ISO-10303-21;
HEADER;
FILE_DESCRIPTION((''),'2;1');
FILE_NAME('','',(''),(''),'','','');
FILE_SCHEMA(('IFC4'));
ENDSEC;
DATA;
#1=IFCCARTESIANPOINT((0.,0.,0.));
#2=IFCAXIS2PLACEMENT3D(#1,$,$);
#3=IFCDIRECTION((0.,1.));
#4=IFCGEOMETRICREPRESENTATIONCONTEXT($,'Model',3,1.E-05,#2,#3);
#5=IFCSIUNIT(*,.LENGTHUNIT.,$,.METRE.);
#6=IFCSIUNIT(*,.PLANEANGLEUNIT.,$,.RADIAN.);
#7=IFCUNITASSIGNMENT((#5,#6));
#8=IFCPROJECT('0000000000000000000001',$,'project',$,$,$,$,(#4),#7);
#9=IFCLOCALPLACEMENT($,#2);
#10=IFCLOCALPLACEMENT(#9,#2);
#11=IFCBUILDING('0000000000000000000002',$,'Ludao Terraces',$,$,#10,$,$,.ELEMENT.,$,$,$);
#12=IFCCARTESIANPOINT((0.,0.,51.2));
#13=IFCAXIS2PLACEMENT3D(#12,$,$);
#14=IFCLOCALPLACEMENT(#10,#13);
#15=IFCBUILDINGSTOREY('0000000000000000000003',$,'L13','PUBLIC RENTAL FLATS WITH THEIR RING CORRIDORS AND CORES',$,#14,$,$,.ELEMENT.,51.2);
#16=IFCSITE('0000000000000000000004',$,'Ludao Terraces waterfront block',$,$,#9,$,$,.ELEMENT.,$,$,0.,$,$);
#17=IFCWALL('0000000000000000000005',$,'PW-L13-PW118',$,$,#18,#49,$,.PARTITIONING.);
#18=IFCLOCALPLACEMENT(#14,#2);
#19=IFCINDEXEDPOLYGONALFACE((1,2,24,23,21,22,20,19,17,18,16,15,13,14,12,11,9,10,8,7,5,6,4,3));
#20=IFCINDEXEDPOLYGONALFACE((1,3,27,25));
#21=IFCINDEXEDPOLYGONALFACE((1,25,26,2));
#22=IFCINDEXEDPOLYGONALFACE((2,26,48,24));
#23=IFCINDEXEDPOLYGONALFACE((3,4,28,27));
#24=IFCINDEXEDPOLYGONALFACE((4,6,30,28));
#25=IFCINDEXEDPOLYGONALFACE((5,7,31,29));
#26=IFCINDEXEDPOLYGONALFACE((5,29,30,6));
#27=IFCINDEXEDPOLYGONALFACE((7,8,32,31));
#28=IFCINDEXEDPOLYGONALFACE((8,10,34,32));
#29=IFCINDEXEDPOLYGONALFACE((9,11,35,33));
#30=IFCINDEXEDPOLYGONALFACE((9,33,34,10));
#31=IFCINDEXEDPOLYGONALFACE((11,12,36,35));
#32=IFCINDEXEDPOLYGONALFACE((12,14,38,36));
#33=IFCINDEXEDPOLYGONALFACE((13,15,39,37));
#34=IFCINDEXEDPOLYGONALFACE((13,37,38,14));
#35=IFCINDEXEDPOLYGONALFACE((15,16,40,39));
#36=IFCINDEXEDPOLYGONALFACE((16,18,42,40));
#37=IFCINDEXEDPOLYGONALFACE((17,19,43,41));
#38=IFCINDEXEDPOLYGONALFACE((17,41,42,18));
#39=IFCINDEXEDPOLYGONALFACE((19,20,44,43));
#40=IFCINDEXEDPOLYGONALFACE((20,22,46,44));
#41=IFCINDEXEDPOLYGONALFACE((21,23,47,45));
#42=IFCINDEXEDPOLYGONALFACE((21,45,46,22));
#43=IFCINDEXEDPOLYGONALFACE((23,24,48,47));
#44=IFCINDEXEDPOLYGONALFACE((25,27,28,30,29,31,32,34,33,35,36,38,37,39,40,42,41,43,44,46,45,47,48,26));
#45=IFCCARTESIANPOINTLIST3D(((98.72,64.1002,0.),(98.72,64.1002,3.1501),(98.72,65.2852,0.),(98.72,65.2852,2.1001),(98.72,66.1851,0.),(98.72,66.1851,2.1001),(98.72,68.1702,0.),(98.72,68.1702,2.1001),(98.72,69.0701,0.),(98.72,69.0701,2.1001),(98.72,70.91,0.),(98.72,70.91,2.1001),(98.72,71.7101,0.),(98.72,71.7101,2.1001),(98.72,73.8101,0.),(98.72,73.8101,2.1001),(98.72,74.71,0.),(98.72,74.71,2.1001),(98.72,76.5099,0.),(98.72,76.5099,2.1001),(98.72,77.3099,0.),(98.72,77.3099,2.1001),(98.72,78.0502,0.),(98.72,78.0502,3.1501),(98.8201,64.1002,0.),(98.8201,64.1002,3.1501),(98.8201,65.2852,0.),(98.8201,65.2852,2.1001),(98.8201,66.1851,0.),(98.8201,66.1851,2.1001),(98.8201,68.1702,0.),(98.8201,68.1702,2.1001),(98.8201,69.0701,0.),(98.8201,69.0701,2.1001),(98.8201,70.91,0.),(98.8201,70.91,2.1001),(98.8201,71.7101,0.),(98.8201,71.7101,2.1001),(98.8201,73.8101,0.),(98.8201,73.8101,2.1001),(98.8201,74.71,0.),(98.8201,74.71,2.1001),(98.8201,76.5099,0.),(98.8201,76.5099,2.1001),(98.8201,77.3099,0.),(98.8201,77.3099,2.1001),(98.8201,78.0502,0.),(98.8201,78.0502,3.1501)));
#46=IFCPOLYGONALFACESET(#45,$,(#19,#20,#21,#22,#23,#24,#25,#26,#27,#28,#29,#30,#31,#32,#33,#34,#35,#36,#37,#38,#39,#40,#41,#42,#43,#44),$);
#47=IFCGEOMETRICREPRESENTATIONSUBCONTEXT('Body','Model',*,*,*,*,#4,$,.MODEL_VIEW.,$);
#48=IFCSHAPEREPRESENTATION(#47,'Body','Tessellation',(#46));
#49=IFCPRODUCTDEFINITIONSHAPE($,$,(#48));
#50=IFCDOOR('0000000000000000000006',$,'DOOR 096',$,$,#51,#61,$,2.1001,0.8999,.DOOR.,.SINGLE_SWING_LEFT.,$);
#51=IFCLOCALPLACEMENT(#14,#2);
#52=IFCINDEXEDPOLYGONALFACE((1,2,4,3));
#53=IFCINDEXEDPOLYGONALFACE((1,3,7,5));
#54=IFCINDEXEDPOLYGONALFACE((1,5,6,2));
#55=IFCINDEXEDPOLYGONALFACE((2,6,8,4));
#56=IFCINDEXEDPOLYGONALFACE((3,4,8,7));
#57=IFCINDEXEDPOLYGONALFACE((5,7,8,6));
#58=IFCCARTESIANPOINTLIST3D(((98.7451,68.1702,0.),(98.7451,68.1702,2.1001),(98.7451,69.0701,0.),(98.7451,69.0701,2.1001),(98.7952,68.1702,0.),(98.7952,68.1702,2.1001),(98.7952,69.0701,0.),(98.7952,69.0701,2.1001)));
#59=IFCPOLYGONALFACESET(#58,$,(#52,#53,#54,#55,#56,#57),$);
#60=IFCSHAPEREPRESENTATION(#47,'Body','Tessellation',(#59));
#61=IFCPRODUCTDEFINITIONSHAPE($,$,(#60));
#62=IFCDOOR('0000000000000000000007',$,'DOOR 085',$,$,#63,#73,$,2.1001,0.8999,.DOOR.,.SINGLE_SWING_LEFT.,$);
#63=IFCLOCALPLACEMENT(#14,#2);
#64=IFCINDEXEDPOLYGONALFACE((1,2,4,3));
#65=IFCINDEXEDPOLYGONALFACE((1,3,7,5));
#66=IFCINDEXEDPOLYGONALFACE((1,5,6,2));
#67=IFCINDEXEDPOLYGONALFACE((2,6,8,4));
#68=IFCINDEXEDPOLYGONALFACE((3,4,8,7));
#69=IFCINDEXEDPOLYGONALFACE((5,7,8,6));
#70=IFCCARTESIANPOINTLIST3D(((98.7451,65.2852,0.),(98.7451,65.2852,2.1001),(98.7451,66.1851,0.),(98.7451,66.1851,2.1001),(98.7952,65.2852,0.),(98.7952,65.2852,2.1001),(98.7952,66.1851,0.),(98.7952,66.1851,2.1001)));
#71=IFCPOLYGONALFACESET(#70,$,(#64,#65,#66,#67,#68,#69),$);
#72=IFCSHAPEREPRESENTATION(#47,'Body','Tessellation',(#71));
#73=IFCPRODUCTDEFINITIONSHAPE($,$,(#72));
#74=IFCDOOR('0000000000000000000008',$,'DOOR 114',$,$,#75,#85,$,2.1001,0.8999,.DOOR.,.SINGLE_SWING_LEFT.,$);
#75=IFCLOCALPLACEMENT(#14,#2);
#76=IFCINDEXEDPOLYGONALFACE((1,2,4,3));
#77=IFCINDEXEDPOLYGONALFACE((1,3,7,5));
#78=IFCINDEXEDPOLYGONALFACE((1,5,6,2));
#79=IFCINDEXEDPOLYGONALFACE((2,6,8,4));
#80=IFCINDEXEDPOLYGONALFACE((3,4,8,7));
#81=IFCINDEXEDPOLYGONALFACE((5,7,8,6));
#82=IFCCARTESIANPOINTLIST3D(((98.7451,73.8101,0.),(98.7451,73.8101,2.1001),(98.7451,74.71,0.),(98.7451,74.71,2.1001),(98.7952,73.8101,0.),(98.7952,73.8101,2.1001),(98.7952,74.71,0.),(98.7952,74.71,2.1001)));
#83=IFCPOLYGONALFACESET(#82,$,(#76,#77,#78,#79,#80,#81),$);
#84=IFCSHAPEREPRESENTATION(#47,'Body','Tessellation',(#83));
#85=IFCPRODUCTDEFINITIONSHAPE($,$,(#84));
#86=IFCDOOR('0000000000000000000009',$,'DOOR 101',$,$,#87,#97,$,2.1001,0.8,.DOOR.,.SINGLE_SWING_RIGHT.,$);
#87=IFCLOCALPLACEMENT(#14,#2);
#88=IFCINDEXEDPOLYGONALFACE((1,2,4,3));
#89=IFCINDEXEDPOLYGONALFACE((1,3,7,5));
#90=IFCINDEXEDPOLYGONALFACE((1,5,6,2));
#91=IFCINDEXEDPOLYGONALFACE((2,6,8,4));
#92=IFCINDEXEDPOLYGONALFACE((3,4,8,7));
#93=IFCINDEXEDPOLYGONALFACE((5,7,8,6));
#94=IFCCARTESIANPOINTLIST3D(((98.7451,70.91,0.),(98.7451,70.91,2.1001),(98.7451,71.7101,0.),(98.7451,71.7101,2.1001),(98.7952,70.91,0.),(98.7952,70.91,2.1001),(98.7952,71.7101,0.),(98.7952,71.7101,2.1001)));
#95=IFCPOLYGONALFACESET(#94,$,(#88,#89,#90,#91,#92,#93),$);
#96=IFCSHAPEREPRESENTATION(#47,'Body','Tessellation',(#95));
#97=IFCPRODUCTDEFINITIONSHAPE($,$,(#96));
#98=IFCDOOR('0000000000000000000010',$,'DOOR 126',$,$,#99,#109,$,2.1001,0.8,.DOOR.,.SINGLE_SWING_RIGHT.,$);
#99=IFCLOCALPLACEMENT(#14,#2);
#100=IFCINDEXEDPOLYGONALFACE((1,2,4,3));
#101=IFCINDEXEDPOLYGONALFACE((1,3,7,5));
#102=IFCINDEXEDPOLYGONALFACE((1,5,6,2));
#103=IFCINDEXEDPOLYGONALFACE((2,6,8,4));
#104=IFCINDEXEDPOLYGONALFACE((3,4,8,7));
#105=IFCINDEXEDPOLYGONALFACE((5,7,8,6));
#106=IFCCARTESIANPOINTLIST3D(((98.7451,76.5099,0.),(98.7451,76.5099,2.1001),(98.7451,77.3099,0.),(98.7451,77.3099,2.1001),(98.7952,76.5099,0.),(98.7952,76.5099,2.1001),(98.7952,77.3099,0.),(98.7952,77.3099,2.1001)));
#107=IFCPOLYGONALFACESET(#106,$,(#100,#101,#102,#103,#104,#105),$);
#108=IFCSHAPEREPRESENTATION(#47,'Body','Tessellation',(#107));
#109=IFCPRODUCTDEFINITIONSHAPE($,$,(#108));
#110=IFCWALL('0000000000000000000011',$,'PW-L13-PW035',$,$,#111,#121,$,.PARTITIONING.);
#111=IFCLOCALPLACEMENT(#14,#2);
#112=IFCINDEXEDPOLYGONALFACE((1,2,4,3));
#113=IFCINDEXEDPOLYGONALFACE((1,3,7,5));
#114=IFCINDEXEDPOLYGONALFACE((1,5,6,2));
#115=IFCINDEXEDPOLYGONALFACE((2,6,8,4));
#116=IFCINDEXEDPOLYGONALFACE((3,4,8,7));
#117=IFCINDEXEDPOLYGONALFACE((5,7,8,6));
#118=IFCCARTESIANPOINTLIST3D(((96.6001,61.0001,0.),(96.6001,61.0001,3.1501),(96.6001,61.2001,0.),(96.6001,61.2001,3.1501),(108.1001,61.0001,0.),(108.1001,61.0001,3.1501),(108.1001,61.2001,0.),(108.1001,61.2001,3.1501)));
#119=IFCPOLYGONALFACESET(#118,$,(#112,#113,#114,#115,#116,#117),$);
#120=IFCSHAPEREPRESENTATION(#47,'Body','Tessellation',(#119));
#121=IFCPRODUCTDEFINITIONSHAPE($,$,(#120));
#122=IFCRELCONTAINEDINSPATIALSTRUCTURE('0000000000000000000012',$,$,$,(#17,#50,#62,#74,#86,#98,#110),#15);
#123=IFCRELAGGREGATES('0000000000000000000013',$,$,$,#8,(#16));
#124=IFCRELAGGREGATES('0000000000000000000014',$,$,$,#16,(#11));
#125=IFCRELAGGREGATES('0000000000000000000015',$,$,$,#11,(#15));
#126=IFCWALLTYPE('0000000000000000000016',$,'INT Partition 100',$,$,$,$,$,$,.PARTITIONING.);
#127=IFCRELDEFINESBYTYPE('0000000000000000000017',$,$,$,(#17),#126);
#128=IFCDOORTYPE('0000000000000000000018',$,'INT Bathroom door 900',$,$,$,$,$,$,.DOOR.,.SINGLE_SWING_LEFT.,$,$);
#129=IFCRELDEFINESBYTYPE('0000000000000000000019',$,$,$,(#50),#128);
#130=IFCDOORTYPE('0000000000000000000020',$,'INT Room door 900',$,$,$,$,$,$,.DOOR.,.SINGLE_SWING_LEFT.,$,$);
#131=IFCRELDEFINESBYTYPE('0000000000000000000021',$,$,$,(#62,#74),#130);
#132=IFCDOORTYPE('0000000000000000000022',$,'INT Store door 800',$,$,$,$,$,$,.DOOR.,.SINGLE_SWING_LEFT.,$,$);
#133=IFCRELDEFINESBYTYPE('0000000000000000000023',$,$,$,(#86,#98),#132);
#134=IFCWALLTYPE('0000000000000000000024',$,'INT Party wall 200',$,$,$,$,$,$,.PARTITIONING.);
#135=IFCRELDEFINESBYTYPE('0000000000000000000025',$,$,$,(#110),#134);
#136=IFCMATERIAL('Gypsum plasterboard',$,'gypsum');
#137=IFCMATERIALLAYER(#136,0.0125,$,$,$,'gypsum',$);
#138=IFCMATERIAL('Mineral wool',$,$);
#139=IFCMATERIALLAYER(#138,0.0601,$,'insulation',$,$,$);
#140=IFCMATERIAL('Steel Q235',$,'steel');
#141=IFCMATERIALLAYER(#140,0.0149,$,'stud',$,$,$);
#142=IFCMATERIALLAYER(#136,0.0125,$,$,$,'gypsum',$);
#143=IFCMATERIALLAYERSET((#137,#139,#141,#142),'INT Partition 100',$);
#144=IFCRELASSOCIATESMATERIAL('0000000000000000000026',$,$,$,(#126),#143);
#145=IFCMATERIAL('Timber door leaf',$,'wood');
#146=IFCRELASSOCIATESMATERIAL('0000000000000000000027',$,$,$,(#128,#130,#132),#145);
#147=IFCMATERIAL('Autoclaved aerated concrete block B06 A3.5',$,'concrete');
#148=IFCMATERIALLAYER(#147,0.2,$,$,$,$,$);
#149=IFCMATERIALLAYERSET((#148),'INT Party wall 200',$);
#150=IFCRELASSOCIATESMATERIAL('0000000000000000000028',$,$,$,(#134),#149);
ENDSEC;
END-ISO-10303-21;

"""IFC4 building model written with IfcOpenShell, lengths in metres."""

from ifc_helpers import new_model, si_unit, direction, frame, frame_2d, origin, place, context, subcontext, project, spatial, rectangle, extrude, material, layer, layer_set, type_object, element, fill, save


model = new_model("IFC4")

# Units and contexts
model_context = context("Model", 3, precision=1e-05, world=origin(), true_north=direction((0.0, 1.0)))
body_context = subcontext(model_context, "Body", "Model", "MODEL_VIEW")
ifc_project = project(units=[si_unit("LENGTHUNIT", "METRE"), si_unit("PLANEANGLEUNIT", "RADIAN")], contexts=[model_context])

# Site, building, storey
site_placement = place(None, origin())
site = spatial("IfcSite", under=ifc_project, at=site_placement, Name="Ludao Terraces waterfront block", CompositionType="ELEMENT", RefElevation=0.0)
building_placement = place(site_placement, origin())
building = spatial("IfcBuilding", under=site, at=building_placement, Name="Ludao Terraces", CompositionType="ELEMENT")
storey_placement = place(building_placement, frame((0.0, 0.0, 51.2)))
storey = spatial("IfcBuildingStorey", under=building, at=storey_placement, Name="L13", Description="PUBLIC RENTAL FLATS WITH THEIR RING CORRIDORS AND CORES", CompositionType="ELEMENT", Elevation=51.2)

# Shared definitions
ifc_material_1 = material(Name="Autoclaved aerated concrete block B06 A3.5", Category="concrete")
ifc_material_2 = material(Name="Steel Q235", Category="steel")

# Shared definitions
ifc_material_3 = material(Name="Gypsum plasterboard", Category="gypsum")
ifc_layer_1 = layer(ifc_material_3, 0.0125, Category="gypsum")
ifc_material_4 = material(Name="Mineral wool")
ifc_layer_2 = layer(ifc_material_4, 0.0601, Name="insulation")
ifc_layer_3 = layer(ifc_material_2, 0.0149, Name="stud")
ifc_layer_4 = layer(ifc_material_3, 0.0125, Category="gypsum")
ifc_layer_set_1 = layer_set([ifc_layer_1, ifc_layer_2, ifc_layer_3, ifc_layer_4], Name="INT Partition 100")
wall_type_1 = type_object("IfcWallType", Name="INT Partition 100", PredefinedType="PARTITIONING", material=ifc_layer_set_1)

# Wall, openings, doors
ifc_material_5 = material(Name="Timber door leaf", Category="wood")
door_type_1 = type_object("IfcDoorType", Name="INT Bathroom door 900", OperationType="SINGLE_SWING_LEFT", PredefinedType="DOOR", material=ifc_material_5)
door_type_2 = type_object("IfcDoorType", Name="INT Room door 900", OperationType="SINGLE_SWING_LEFT", PredefinedType="DOOR", material=ifc_material_5)
door_type_3 = type_object("IfcDoorType", Name="INT Store door 800", OperationType="SINGLE_SWING_LEFT", PredefinedType="DOOR", material=ifc_material_5)
wall_1_placement = place(storey_placement, frame((98.77, 64.1001, 0.0), z_axis=(0.0, 0.0, 1.0), x_axis=(0.0, 1.0, 0.0)))
wall_1 = element("IfcWall", 1, at=wall_1_placement, inside=storey, type_object=wall_type_1, Name="PW-L13-PW118", PredefinedType="PARTITIONING", context=body_context, shape_type="SweptSolid", body=[
    extrude(rectangle(XDim=13.95, YDim=0.1001, at=frame_2d((6.9751, 0.0))), origin(), (0.0, 0.0, 1.0), 3.1501),
])
opening_1_placement = place(wall_1_placement, frame((1.1851, 0.0, 0.0)))
opening_1 = element("IfcOpeningElement", 2, at=opening_1_placement, cuts=wall_1, PredefinedType="OPENING", context=body_context, shape_type="SweptSolid", body=[
    extrude(rectangle(XDim=0.8999, YDim=2.1001, at=frame_2d((0.45, 1.05))), frame((0.0, 0.0601, 0.0), z_axis=(0.0, -1.0, 0.0), x_axis=(1.0, 0.0, 0.0)), (0.0, 0.0, 1.0), 0.1201),
])
opening_2_placement = place(wall_1_placement, frame((4.0701, 0.0, 0.0)))
opening_2 = element("IfcOpeningElement", 3, at=opening_2_placement, cuts=wall_1, PredefinedType="OPENING", context=body_context, shape_type="SweptSolid", body=[
    extrude(rectangle(XDim=0.8999, YDim=2.1001, at=frame_2d((0.45, 1.05))), frame((0.0, 0.0601, 0.0), z_axis=(0.0, -1.0, 0.0), x_axis=(1.0, 0.0, 0.0)), (0.0, 0.0, 1.0), 0.1201),
])
opening_3_placement = place(wall_1_placement, frame((6.8101, 0.0, 0.0)))
opening_3 = element("IfcOpeningElement", 4, at=opening_3_placement, cuts=wall_1, PredefinedType="OPENING", context=body_context, shape_type="SweptSolid", body=[
    extrude(rectangle(XDim=0.8, YDim=2.1001, at=frame_2d((0.3999, 1.05))), frame((0.0, 0.0601, 0.0), z_axis=(0.0, -1.0, 0.0), x_axis=(1.0, 0.0, 0.0)), (0.0, 0.0, 1.0), 0.1201),
])
opening_4_placement = place(wall_1_placement, frame((9.71, 0.0, 0.0)))
opening_4 = element("IfcOpeningElement", 5, at=opening_4_placement, cuts=wall_1, PredefinedType="OPENING", context=body_context, shape_type="SweptSolid", body=[
    extrude(rectangle(XDim=0.8999, YDim=2.1001, at=frame_2d((0.45, 1.05))), frame((0.0, 0.0601, 0.0), z_axis=(0.0, -1.0, 0.0), x_axis=(1.0, 0.0, 0.0)), (0.0, 0.0, 1.0), 0.1201),
])
opening_5_placement = place(wall_1_placement, frame((12.4099, 0.0, 0.0)))
opening_5 = element("IfcOpeningElement", 6, at=opening_5_placement, cuts=wall_1, PredefinedType="OPENING", context=body_context, shape_type="SweptSolid", body=[
    extrude(rectangle(XDim=0.8, YDim=2.1001, at=frame_2d((0.3999, 1.05))), frame((0.0, 0.0601, 0.0), z_axis=(0.0, -1.0, 0.0), x_axis=(1.0, 0.0, 0.0)), (0.0, 0.0, 1.0), 0.1201),
])
door_1_placement = place(opening_2_placement, origin())
door_1 = element("IfcDoor", 7, at=door_1_placement, inside=storey, type_object=door_type_1, Name="DOOR 096", OperationType="SINGLE_SWING_LEFT", OverallHeight=2.1001, OverallWidth=0.8999, PredefinedType="DOOR", context=body_context, shape_type="SweptSolid", body=[
    extrude(rectangle(XDim=0.8999, YDim=2.1001, at=frame_2d((0.45, 1.05))), frame((0.0, 0.0249, 0.0), z_axis=(0.0, -1.0, 0.0), x_axis=(1.0, 0.0, 0.0)), (0.0, 0.0, 1.0), 0.05),
])
fill(opening_2, door_1)
door_2_placement = place(opening_1_placement, origin())
door_2 = element("IfcDoor", 8, at=door_2_placement, inside=storey, type_object=door_type_2, Name="DOOR 085", OperationType="SINGLE_SWING_LEFT", OverallHeight=2.1001, OverallWidth=0.8999, PredefinedType="DOOR", context=body_context, shape_type="SweptSolid", body=[
    extrude(rectangle(XDim=0.8999, YDim=2.1001, at=frame_2d((0.45, 1.05))), frame((0.0, 0.0249, 0.0), z_axis=(0.0, -1.0, 0.0), x_axis=(1.0, 0.0, 0.0)), (0.0, 0.0, 1.0), 0.05),
])
fill(opening_1, door_2)
door_3_placement = place(opening_4_placement, origin())
door_3 = element("IfcDoor", 9, at=door_3_placement, inside=storey, type_object=door_type_2, Name="DOOR 114", OperationType="SINGLE_SWING_LEFT", OverallHeight=2.1001, OverallWidth=0.8999, PredefinedType="DOOR", context=body_context, shape_type="SweptSolid", body=[
    extrude(rectangle(XDim=0.8999, YDim=2.1001, at=frame_2d((0.45, 1.05))), frame((0.0, 0.0249, 0.0), z_axis=(0.0, -1.0, 0.0), x_axis=(1.0, 0.0, 0.0)), (0.0, 0.0, 1.0), 0.05),
])
fill(opening_4, door_3)
door_4_placement = place(opening_3_placement, origin())
door_4 = element("IfcDoor", 10, at=door_4_placement, inside=storey, type_object=door_type_3, Name="DOOR 101", OperationType="SINGLE_SWING_RIGHT", OverallHeight=2.1001, OverallWidth=0.8, PredefinedType="DOOR", context=body_context, shape_type="SweptSolid", body=[
    extrude(rectangle(XDim=0.8, YDim=2.1001, at=frame_2d((0.3999, 1.05))), frame((0.0, 0.0249, 0.0), z_axis=(0.0, -1.0, 0.0), x_axis=(1.0, 0.0, 0.0)), (0.0, 0.0, 1.0), 0.05),
])
fill(opening_3, door_4)
door_5_placement = place(opening_5_placement, origin())
door_5 = element("IfcDoor", 11, at=door_5_placement, inside=storey, type_object=door_type_3, Name="DOOR 126", OperationType="SINGLE_SWING_RIGHT", OverallHeight=2.1001, OverallWidth=0.8, PredefinedType="DOOR", context=body_context, shape_type="SweptSolid", body=[
    extrude(rectangle(XDim=0.8, YDim=2.1001, at=frame_2d((0.3999, 1.05))), frame((0.0, 0.0249, 0.0), z_axis=(0.0, -1.0, 0.0), x_axis=(1.0, 0.0, 0.0)), (0.0, 0.0, 1.0), 0.05),
])
fill(opening_5, door_5)

# Wall
ifc_layer_5 = layer(ifc_material_1, 0.2)
ifc_layer_set_2 = layer_set([ifc_layer_5], Name="INT Party wall 200")
wall_type_2 = type_object("IfcWallType", Name="INT Party wall 200", PredefinedType="PARTITIONING", material=ifc_layer_set_2)
wall_2_placement = place(storey_placement, frame((96.6001, 61.1001, 0.0), z_axis=(0.0, 0.0, 1.0), x_axis=(1.0, 0.0, 0.0)))
element("IfcWall", 12, at=wall_2_placement, inside=storey, type_object=wall_type_2, Name="PW-L13-PW035", PredefinedType="PARTITIONING", context=body_context, shape_type="SweptSolid", body=[
    extrude(rectangle(XDim=11.5, YDim=0.2, at=frame_2d((5.75, 0.0))), origin(), (0.0, 0.0, 1.0), 3.1501),
])

save(model, "model.ifc")
